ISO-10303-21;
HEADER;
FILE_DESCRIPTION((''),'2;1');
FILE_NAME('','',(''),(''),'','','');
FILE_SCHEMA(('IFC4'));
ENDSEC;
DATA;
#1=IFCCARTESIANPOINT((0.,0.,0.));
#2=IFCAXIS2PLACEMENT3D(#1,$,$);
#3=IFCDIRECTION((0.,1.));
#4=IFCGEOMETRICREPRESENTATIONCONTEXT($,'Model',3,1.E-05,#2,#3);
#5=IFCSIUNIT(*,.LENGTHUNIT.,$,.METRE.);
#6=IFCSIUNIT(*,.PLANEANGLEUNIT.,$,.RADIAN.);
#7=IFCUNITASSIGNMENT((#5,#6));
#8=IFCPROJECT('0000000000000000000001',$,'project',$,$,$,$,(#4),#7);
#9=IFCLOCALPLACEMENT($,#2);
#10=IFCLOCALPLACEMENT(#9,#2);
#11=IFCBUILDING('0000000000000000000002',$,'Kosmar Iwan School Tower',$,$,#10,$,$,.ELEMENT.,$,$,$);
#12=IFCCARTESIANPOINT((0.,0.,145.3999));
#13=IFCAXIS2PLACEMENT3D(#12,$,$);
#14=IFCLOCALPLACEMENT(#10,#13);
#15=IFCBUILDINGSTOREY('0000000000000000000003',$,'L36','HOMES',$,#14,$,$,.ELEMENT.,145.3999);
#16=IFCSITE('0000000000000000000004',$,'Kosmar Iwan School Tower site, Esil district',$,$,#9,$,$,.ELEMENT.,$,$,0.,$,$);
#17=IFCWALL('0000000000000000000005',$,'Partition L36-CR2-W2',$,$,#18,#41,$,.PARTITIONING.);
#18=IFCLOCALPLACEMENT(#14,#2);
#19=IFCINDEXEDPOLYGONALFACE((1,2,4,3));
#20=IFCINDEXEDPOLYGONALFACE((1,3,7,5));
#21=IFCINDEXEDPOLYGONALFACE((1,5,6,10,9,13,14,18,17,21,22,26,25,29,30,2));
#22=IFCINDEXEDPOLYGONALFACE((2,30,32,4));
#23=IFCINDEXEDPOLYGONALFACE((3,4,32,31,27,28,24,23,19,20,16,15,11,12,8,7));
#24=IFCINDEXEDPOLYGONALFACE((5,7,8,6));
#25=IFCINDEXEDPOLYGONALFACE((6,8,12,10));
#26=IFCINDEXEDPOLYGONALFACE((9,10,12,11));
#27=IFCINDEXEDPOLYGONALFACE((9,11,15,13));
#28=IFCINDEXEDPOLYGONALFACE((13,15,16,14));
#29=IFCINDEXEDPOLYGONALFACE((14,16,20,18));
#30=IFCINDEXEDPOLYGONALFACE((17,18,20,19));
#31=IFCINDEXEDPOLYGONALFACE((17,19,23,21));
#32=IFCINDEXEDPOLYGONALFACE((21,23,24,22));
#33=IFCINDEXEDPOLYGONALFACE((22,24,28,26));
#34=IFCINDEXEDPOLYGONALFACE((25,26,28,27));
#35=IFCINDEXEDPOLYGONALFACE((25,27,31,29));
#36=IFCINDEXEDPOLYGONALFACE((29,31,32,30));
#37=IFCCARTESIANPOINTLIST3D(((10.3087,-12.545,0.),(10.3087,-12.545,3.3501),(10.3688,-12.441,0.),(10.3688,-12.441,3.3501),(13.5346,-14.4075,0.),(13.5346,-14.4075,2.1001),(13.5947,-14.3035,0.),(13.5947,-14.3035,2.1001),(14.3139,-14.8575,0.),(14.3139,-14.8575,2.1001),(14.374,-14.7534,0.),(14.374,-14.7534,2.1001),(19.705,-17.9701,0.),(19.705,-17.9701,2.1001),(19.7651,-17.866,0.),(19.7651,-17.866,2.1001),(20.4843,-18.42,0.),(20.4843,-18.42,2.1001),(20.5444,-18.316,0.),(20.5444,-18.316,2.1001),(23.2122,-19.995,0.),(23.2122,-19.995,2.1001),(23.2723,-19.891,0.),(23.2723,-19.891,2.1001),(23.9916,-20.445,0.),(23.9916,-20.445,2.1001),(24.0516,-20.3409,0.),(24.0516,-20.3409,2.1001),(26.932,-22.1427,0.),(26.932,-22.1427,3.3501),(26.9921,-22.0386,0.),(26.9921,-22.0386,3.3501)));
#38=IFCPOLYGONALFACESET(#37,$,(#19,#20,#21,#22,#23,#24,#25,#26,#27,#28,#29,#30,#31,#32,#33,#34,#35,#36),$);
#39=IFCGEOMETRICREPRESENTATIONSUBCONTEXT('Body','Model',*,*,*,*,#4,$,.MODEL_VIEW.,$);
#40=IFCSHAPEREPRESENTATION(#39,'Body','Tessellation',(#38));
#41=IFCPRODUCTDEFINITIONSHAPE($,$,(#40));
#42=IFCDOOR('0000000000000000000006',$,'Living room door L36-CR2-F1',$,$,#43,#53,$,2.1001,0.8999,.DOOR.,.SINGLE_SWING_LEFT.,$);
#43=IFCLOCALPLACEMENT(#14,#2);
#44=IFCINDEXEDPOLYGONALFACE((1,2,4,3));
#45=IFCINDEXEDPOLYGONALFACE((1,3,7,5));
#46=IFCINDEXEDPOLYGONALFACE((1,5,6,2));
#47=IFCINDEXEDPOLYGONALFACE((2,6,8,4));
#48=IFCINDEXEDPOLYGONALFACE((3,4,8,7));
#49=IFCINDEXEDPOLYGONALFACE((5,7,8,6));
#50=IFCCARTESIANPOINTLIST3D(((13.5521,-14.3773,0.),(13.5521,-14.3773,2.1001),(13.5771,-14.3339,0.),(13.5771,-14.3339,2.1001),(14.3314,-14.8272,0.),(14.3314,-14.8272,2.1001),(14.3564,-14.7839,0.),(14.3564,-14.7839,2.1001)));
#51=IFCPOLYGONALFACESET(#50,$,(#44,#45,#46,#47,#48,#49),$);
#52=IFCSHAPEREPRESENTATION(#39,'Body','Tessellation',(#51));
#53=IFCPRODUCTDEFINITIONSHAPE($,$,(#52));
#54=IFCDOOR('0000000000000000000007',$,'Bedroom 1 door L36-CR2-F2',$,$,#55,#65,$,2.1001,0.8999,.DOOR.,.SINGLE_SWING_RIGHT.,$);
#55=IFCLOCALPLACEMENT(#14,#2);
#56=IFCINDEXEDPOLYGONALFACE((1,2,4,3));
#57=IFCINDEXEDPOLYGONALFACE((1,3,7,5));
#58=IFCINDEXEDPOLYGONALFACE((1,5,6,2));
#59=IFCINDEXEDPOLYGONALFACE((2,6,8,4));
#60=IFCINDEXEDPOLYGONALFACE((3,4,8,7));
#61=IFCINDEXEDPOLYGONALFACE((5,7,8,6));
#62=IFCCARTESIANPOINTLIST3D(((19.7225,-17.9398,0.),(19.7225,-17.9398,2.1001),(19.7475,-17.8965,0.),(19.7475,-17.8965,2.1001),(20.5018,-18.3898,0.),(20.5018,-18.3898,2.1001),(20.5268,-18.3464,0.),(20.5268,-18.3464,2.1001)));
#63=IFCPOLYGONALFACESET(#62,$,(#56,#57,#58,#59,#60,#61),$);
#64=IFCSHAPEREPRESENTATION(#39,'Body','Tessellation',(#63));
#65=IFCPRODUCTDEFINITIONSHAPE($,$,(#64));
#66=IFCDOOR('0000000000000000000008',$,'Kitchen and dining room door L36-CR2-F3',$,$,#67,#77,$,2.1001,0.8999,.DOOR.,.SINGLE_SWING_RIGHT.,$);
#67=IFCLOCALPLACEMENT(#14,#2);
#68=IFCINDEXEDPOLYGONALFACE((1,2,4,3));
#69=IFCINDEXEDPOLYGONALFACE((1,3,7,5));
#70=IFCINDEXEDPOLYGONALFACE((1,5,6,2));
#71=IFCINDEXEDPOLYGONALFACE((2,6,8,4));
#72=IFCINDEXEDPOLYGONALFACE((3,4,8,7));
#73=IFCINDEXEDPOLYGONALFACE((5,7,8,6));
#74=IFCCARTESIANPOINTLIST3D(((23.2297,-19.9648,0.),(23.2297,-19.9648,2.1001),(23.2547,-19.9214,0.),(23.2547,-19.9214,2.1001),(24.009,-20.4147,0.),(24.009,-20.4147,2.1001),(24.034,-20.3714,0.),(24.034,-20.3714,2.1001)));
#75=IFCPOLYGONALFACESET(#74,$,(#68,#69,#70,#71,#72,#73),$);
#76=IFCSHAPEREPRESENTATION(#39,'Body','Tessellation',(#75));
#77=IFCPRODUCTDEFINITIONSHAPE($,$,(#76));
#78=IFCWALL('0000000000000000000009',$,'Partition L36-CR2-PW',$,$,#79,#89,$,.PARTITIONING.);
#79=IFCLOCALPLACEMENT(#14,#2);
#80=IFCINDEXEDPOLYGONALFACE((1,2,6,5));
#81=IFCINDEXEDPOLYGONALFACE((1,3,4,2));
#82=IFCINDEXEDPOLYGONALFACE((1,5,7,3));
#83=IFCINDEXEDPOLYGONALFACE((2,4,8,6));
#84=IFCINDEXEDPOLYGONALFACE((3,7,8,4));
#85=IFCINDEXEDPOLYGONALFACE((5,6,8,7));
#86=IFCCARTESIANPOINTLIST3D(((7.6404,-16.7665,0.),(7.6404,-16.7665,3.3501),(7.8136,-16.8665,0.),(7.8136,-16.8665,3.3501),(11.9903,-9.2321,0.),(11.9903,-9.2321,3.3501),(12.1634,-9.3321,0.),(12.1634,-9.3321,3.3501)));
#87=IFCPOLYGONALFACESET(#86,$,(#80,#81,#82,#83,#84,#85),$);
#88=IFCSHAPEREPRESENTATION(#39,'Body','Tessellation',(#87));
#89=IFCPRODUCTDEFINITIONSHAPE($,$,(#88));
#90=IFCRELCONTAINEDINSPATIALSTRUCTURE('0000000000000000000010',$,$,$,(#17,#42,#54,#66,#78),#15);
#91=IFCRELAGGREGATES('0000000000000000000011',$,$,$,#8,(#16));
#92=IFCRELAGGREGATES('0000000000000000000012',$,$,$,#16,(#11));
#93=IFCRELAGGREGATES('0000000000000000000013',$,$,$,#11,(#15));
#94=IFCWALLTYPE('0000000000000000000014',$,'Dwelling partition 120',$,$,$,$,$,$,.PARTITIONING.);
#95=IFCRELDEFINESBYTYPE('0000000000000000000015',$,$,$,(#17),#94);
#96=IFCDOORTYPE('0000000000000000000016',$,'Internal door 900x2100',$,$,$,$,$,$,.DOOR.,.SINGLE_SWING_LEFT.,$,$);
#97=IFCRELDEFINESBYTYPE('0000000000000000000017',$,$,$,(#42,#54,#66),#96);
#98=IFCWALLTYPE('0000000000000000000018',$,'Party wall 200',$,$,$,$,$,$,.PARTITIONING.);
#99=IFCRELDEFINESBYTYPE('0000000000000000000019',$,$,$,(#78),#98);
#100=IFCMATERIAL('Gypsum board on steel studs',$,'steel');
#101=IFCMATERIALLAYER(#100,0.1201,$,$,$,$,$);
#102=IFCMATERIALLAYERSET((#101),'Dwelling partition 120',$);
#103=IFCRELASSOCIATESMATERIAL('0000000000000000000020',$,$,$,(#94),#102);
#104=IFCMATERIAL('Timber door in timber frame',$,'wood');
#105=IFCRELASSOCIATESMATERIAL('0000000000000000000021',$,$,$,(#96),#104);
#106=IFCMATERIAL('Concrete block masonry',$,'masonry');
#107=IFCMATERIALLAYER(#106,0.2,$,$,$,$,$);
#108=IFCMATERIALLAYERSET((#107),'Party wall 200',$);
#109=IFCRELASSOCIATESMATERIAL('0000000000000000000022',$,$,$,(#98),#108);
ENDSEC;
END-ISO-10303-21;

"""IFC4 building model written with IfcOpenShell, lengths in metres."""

from ifc_helpers import new_model, si_unit, direction, frame, frame_2d, origin, place, context, subcontext, project, spatial, rectangle, extrude, material, layer, layer_set, type_object, element, fill, save


model = new_model("IFC4")

# Units and contexts
model_context = context("Model", 3, precision=1e-05, world=origin(), true_north=direction((0.0, 1.0)))
body_context = subcontext(model_context, "Body", "Model", "MODEL_VIEW")
ifc_project = project(units=[si_unit("LENGTHUNIT", "METRE"), si_unit("PLANEANGLEUNIT", "RADIAN")], contexts=[model_context])

# Site, building, storey
site_placement = place(None, origin())
site = spatial("IfcSite", under=ifc_project, at=site_placement, Name="Kosmar Iwan School Tower site, Esil district", CompositionType="ELEMENT", RefElevation=0.0)
building_placement = place(site_placement, origin())
building = spatial("IfcBuilding", under=site, at=building_placement, Name="Kosmar Iwan School Tower", CompositionType="ELEMENT")
storey_placement = place(building_placement, frame((0.0, 0.0, 145.3999)))
storey = spatial("IfcBuildingStorey", under=building, at=storey_placement, Name="L36", Description="HOMES", CompositionType="ELEMENT", Elevation=145.3999)

# Shared definitions
ifc_material_1 = material(Name="Gypsum board on steel studs", Category="steel")
ifc_layer_1 = layer(ifc_material_1, 0.1201)
ifc_layer_set_1 = layer_set([ifc_layer_1], Name="Dwelling partition 120")
wall_type_1 = type_object("IfcWallType", Name="Dwelling partition 120", PredefinedType="PARTITIONING", material=ifc_layer_set_1)

# Wall, openings, doors
ifc_material_2 = material(Name="Timber door in timber frame", Category="wood")
door_type_1 = type_object("IfcDoorType", Name="Internal door 900x2100", OperationType="SINGLE_SWING_LEFT", PredefinedType="DOOR", material=ifc_material_2)
wall_1_placement = place(storey_placement, frame((10.3386, -12.4929, 0.0), z_axis=(0.0, 0.0, 1.0), x_axis=(0.866021, -0.500008, 0.0)))
wall_1 = element("IfcWall", 1, at=wall_1_placement, inside=storey, type_object=wall_type_1, Name="Partition L36-CR2-W2", PredefinedType="PARTITIONING", context=body_context, shape_type="SweptSolid", body=[
    extrude(rectangle(XDim=19.1951, YDim=0.1201, at=frame_2d((9.5977, 0.0))), origin(), (0.0, 0.0, 1.0), 3.3501),
])
opening_1_placement = place(wall_1_placement, frame((3.7251, 0.0, 0.0)))
opening_1 = element("IfcOpeningElement", 2, at=opening_1_placement, cuts=wall_1, PredefinedType="OPENING", context=body_context, shape_type="SweptSolid", body=[
    extrude(rectangle(XDim=0.8999, YDim=2.1001, at=frame_2d((0.45, 1.05))), frame((0.0, 0.072, 0.0), z_axis=(0.0, -1.0, 0.0), x_axis=(1.0, 0.0, 0.0)), (0.0, 0.0, 1.0), 0.144),
])
opening_2_placement = place(wall_1_placement, frame((10.8501, 0.0, 0.0)))
opening_2 = element("IfcOpeningElement", 3, at=opening_2_placement, cuts=wall_1, PredefinedType="OPENING", context=body_context, shape_type="SweptSolid", body=[
    extrude(rectangle(XDim=0.8999, YDim=2.1001, at=frame_2d((0.45, 1.05))), frame((0.0, 0.072, 0.0), z_axis=(0.0, -1.0, 0.0), x_axis=(1.0, 0.0, 0.0)), (0.0, 0.0, 1.0), 0.144),
])
opening_3_placement = place(wall_1_placement, frame((14.8999, 0.0, 0.0)))
opening_3 = element("IfcOpeningElement", 4, at=opening_3_placement, cuts=wall_1, PredefinedType="OPENING", context=body_context, shape_type="SweptSolid", body=[
    extrude(rectangle(XDim=0.8999, YDim=2.1001, at=frame_2d((0.45, 1.05))), frame((0.0, 0.072, 0.0), z_axis=(0.0, -1.0, 0.0), x_axis=(1.0, 0.0, 0.0)), (0.0, 0.0, 1.0), 0.144),
])
door_1_placement = place(opening_1_placement, origin())
door_1 = element("IfcDoor", 5, at=door_1_placement, inside=storey, type_object=door_type_1, Name="Living room door L36-CR2-F1", OperationType="SINGLE_SWING_LEFT", OverallHeight=2.1001, OverallWidth=0.8999, PredefinedType="DOOR", context=body_context, shape_type="SweptSolid", body=[
    extrude(rectangle(XDim=0.8999, YDim=2.1001, at=frame_2d((0.45, 1.05))), frame((0.0, 0.0249, 0.0), z_axis=(0.0, -1.0, 0.0), x_axis=(1.0, 0.0, 0.0)), (0.0, 0.0, 1.0), 0.05),
])
fill(opening_1, door_1)
door_2_placement = place(opening_2_placement, origin())
door_2 = element("IfcDoor", 6, at=door_2_placement, inside=storey, type_object=door_type_1, Name="Bedroom 1 door L36-CR2-F2", OperationType="SINGLE_SWING_RIGHT", OverallHeight=2.1001, OverallWidth=0.8999, PredefinedType="DOOR", context=body_context, shape_type="SweptSolid", body=[
    extrude(rectangle(XDim=0.8999, YDim=2.1001, at=frame_2d((0.45, 1.05))), frame((0.0, 0.0249, 0.0), z_axis=(0.0, -1.0, 0.0), x_axis=(1.0, 0.0, 0.0)), (0.0, 0.0, 1.0), 0.05),
])
fill(opening_2, door_2)
door_3_placement = place(opening_3_placement, origin())
door_3 = element("IfcDoor", 7, at=door_3_placement, inside=storey, type_object=door_type_1, Name="Kitchen and dining room door L36-CR2-F3", OperationType="SINGLE_SWING_RIGHT", OverallHeight=2.1001, OverallWidth=0.8999, PredefinedType="DOOR", context=body_context, shape_type="SweptSolid", body=[
    extrude(rectangle(XDim=0.8999, YDim=2.1001, at=frame_2d((0.45, 1.05))), frame((0.0, 0.0249, 0.0), z_axis=(0.0, -1.0, 0.0), x_axis=(1.0, 0.0, 0.0)), (0.0, 0.0, 1.0), 0.05),
])
fill(opening_3, door_3)

# Wall
ifc_material_3 = material(Name="Concrete block masonry", Category="masonry")
ifc_layer_2 = layer(ifc_material_3, 0.2)
ifc_layer_set_2 = layer_set([ifc_layer_2], Name="Party wall 200")
wall_type_2 = type_object("IfcWallType", Name="Party wall 200", PredefinedType="PARTITIONING", material=ifc_layer_set_2)
wall_2_placement = place(storey_placement, frame((12.0769, -9.282, 0.0), z_axis=(0.0, 0.0, 1.0), x_axis=(-0.499987, -0.866033, 0.0)))
element("IfcWall", 8, at=wall_2_placement, inside=storey, type_object=wall_type_2, Name="Partition L36-CR2-PW", PredefinedType="PARTITIONING", context=body_context, shape_type="SweptSolid", body=[
    extrude(rectangle(XDim=8.7, YDim=0.2, at=frame_2d((4.3501, 0.0))), origin(), (0.0, 0.0, 1.0), 3.3501),
])

save(model, "model.ifc")
